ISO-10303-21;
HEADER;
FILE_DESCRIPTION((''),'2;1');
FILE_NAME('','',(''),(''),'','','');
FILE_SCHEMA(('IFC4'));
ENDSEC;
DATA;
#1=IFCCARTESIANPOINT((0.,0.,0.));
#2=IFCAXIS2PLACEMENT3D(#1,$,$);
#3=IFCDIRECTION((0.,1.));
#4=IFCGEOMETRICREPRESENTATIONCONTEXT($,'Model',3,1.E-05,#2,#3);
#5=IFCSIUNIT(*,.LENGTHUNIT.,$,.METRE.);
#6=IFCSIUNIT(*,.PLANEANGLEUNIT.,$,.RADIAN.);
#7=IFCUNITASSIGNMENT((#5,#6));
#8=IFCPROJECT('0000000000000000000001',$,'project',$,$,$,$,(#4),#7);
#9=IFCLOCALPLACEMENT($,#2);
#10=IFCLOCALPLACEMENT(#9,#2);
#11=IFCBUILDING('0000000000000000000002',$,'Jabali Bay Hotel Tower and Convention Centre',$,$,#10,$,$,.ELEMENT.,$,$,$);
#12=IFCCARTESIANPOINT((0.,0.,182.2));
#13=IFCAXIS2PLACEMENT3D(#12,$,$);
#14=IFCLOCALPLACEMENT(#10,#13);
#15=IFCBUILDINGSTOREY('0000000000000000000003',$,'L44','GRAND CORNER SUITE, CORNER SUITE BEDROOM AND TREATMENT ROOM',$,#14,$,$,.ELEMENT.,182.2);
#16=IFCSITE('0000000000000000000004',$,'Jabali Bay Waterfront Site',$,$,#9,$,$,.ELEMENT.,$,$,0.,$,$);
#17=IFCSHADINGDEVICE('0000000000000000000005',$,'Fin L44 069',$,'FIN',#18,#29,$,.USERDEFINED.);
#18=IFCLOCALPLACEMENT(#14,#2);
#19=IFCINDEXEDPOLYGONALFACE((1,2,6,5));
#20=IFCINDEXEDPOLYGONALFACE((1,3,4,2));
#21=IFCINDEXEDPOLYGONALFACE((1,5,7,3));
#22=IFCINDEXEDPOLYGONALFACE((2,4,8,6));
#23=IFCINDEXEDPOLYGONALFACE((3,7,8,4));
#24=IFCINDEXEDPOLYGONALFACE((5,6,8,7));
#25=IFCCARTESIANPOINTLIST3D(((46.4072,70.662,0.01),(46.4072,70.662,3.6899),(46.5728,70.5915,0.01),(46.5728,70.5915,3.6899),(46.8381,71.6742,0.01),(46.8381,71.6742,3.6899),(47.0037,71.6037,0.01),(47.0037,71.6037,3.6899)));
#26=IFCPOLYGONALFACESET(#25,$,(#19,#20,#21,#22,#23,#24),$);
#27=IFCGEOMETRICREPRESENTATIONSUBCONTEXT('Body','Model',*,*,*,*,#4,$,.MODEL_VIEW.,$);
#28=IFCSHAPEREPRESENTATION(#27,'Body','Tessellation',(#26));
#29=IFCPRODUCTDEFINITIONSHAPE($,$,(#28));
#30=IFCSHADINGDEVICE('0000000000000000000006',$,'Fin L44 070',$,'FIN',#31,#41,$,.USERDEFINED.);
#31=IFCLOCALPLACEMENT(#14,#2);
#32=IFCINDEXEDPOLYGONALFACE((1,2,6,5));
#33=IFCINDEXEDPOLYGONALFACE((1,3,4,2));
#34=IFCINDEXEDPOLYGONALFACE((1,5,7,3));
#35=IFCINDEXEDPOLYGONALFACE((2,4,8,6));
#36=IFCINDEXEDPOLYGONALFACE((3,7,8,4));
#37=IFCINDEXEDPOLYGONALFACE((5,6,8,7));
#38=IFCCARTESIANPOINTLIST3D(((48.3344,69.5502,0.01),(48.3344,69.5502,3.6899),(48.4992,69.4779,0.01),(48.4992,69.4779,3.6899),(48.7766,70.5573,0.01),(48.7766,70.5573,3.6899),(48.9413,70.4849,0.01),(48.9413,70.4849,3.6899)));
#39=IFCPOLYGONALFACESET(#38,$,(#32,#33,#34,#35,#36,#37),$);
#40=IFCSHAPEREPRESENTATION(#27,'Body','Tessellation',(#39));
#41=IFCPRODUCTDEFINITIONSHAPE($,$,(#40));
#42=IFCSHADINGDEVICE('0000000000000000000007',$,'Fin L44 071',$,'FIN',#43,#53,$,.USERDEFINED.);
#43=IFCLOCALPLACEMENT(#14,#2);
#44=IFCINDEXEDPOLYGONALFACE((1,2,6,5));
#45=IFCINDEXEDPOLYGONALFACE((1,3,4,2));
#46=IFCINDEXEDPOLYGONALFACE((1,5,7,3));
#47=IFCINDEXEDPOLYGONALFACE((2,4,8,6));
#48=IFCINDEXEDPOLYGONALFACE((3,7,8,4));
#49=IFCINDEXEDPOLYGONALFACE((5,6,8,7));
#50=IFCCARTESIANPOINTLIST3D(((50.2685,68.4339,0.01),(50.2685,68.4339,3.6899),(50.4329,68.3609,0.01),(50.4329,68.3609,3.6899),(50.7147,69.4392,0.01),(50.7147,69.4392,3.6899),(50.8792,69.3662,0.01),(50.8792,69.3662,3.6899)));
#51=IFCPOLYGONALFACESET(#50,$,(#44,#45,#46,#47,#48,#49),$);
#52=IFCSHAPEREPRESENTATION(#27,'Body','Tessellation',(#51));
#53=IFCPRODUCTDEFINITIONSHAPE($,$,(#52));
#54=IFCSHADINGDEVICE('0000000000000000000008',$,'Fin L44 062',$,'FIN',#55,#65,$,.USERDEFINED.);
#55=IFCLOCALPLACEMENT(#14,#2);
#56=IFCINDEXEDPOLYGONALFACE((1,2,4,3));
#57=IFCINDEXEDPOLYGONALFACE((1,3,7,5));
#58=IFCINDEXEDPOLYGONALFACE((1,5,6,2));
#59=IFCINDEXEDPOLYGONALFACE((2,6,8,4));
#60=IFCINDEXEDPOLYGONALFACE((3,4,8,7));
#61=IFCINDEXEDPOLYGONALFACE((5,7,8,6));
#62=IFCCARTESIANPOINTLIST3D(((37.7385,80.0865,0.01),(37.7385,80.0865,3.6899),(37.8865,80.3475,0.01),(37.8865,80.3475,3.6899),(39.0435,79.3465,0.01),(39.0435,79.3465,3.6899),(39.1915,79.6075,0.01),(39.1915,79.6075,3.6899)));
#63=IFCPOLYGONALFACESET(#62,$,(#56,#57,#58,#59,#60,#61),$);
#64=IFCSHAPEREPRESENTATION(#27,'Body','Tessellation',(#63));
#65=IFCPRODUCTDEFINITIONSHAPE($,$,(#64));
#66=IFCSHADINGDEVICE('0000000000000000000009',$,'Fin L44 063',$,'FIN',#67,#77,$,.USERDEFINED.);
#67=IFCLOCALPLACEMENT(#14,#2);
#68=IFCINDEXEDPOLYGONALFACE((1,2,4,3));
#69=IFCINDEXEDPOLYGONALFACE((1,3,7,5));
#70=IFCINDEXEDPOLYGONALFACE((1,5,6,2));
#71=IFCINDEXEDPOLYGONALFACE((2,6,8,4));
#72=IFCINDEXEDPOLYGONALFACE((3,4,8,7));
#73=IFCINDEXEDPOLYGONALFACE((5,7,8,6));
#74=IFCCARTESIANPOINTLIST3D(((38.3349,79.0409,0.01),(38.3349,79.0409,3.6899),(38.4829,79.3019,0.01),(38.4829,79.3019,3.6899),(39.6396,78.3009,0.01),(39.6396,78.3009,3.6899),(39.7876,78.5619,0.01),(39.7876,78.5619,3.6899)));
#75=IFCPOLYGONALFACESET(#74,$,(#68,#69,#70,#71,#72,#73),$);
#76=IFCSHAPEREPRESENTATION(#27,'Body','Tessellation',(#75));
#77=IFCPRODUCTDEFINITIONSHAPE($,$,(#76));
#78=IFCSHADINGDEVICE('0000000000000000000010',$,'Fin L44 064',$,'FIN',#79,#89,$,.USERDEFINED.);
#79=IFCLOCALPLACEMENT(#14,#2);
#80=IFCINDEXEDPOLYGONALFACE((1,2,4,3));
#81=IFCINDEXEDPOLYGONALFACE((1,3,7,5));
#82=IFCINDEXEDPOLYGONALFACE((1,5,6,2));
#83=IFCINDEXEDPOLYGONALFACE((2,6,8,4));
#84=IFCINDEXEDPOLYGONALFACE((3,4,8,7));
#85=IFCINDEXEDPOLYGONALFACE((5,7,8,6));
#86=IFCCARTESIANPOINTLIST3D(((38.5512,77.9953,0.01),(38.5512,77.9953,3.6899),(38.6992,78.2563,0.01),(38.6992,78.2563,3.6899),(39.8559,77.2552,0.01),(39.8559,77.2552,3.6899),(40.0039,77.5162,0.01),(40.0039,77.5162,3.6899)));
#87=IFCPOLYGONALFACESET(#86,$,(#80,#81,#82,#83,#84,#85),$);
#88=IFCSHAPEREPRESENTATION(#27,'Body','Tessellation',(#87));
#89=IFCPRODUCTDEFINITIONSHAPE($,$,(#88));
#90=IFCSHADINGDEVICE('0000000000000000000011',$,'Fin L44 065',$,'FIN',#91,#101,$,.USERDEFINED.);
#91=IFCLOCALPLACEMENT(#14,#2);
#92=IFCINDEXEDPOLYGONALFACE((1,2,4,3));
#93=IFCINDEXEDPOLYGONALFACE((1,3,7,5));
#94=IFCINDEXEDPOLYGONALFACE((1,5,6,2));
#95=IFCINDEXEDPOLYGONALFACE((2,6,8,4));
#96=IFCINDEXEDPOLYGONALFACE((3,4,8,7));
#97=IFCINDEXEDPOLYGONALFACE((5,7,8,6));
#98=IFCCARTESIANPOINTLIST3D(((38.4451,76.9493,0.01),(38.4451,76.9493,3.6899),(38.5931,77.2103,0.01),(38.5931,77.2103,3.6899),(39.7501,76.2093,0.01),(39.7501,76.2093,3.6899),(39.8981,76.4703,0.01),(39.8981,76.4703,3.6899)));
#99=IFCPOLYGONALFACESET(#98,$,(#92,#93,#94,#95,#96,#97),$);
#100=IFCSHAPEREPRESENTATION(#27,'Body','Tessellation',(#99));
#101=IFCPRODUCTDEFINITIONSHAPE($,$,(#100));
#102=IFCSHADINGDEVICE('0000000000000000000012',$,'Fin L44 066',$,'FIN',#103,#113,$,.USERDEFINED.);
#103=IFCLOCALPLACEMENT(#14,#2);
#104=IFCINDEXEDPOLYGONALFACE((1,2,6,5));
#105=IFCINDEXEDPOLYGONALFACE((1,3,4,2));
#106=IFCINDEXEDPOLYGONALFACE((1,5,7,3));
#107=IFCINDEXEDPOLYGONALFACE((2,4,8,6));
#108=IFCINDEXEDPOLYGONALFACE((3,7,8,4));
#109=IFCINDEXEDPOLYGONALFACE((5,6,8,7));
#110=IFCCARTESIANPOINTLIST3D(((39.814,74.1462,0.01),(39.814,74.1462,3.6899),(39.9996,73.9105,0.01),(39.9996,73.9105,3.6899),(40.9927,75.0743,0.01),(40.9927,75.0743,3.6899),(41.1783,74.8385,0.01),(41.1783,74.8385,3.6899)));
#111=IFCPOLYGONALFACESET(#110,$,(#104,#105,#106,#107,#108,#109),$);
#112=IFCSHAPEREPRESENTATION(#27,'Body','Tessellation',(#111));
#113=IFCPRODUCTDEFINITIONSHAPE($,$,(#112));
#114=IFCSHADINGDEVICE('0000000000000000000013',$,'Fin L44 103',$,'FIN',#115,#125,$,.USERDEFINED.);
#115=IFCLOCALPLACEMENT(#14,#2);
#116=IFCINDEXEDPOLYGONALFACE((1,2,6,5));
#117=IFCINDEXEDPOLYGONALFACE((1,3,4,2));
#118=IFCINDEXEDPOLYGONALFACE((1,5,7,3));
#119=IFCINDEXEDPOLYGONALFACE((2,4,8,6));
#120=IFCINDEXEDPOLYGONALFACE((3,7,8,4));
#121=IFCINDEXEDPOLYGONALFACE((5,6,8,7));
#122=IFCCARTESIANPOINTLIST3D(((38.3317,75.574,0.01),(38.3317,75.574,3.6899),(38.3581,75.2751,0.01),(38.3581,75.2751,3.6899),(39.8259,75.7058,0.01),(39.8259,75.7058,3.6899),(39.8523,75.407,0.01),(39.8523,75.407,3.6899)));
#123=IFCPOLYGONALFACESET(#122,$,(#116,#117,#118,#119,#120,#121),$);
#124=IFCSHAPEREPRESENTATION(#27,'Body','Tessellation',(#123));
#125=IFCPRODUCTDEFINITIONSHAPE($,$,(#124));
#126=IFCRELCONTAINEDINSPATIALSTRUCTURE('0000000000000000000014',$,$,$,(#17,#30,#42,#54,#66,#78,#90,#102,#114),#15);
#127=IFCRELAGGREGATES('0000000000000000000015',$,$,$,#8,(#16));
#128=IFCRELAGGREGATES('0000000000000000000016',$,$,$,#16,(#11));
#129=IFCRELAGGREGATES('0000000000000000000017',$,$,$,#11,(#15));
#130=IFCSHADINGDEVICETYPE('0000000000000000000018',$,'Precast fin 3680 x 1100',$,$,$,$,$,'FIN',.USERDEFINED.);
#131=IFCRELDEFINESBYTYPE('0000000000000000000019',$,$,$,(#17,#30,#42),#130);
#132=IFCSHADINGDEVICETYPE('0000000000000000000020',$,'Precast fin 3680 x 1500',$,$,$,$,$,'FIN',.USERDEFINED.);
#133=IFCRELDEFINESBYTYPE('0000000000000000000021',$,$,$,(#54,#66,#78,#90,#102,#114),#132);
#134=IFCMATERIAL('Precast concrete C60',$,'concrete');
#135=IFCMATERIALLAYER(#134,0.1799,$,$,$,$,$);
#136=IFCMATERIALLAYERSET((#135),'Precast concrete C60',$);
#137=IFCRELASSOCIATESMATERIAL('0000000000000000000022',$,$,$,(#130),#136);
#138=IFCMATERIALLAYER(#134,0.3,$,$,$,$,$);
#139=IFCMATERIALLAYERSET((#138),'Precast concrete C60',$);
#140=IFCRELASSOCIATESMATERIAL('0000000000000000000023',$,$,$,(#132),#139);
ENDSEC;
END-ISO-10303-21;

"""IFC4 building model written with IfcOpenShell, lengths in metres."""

from ifc_helpers import new_model, si_unit, direction, frame, frame_2d, origin, place, context, subcontext, project, spatial, rectangle, extrude, material, layer, layer_set, type_object, element, save


model = new_model("IFC4")

# Units and contexts
model_context = context("Model", 3, precision=1e-05, world=origin(), true_north=direction((0.0, 1.0)))
body_context = subcontext(model_context, "Body", "Model", "MODEL_VIEW")
ifc_project = project(units=[si_unit("LENGTHUNIT", "METRE"), si_unit("PLANEANGLEUNIT", "RADIAN")], contexts=[model_context])

# Site, building, storey
site_placement = place(None, origin())
site = spatial("IfcSite", under=ifc_project, at=site_placement, Name="Jabali Bay Waterfront Site", CompositionType="ELEMENT", RefElevation=0.0)
building_placement = place(site_placement, origin())
building = spatial("IfcBuilding", under=site, at=building_placement, Name="Jabali Bay Hotel Tower and Convention Centre", CompositionType="ELEMENT")
storey_placement = place(building_placement, frame((0.0, 0.0, 182.2)))
storey = spatial("IfcBuildingStorey", under=building, at=storey_placement, Name="L44", Description="GRAND CORNER SUITE, CORNER SUITE BEDROOM AND TREATMENT ROOM", CompositionType="ELEMENT", Elevation=182.2)

# Shading devices
ifc_material_1 = material(Name="Precast concrete C60", Category="concrete")
ifc_layer_1 = layer(ifc_material_1, 0.1799)
ifc_layer_set_1 = layer_set([ifc_layer_1], Name="Precast concrete C60")
shading_device_type_1 = type_object("IfcShadingDeviceType", Name="Precast fin 3680 x 1100", ElementType="FIN", PredefinedType="USERDEFINED", material=ifc_layer_set_1)
shading_device_1_placement = place(storey_placement, frame((46.9209, 71.6389, 0.01), z_axis=(0.0, 0.0, 1.0), x_axis=(-0.391695, -0.920095, 0.0)))
element("IfcShadingDevice", 1, at=shading_device_1_placement, inside=storey, type_object=shading_device_type_1, Name="Fin L44 069", ObjectType="FIN", PredefinedType="USERDEFINED", context=body_context, shape_type="SweptSolid", body=[
    extrude(rectangle(XDim=1.1001, YDim=0.1799, at=frame_2d((0.55, 0.0))), origin(), (0.0, 0.0, 1.0), 3.6799),
])
for number, where, z_axis, x_axis, name in (
    (2, (48.8589, 70.521, 0.01), (0.0, 0.0, 1.0), (-0.401995, -0.915642, 0.0), "Fin L44 070"),
    (3, (50.7969, 69.4026, 0.01), (0.0, 0.0, 1.0), (-0.405727, -0.913995, 0.0), "Fin L44 071"),
):
    element("IfcShadingDevice", number, at=place(storey_placement, frame(where, z_axis=z_axis, x_axis=x_axis)), inside=storey, type_object=shading_device_type_1, Name=name, ObjectType="FIN", PredefinedType="USERDEFINED", context=body_context, shape_type="SweptSolid", body=[
        extrude(rectangle(XDim=1.0999, YDim=0.1799, at=frame_2d((0.5498, 0.0))), origin(), (0.0, 0.0, 1.0), 3.6799),
    ])
ifc_layer_2 = layer(ifc_material_1, 0.3)
ifc_layer_set_2 = layer_set([ifc_layer_2], Name="Precast concrete C60")
shading_device_type_2 = type_object("IfcShadingDeviceType", Name="Precast fin 3680 x 1500", ElementType="FIN", PredefinedType="USERDEFINED", material=ifc_layer_set_2)
shading_device_2_placement = place(storey_placement, frame((39.1174, 79.4771, 0.01), z_axis=(0.0, 0.0, 1.0), x_axis=(-0.869871, 0.493279, 0.0)))
element("IfcShadingDevice", 4, at=shading_device_2_placement, inside=storey, type_object=shading_device_type_2, Name="Fin L44 062", ObjectType="FIN", PredefinedType="USERDEFINED", context=body_context, shape_type="SweptSolid", body=[
    extrude(rectangle(XDim=1.5002, YDim=0.3, at=frame_2d((0.75, 0.0))), origin(), (0.0, 0.0, 1.0), 3.6799),
])
for number, where, z_axis, x_axis, name in (
    (5, (39.7136, 78.4314, 0.01), (0.0, 0.0, 1.0), (-0.869831, 0.493349, 0.0), "Fin L44 063"),
    (6, (39.9299, 77.3857, 0.01), (0.0, 0.0, 1.0), (-0.869831, 0.493349, 0.0), "Fin L44 064"),
):
    element("IfcShadingDevice", number, at=place(storey_placement, frame(where, z_axis=z_axis, x_axis=x_axis)), inside=storey, type_object=shading_device_type_2, Name=name, ObjectType="FIN", PredefinedType="USERDEFINED", context=body_context, shape_type="SweptSolid", body=[
        extrude(rectangle(XDim=1.5, YDim=0.3, at=frame_2d((0.75, 0.0))), origin(), (0.0, 0.0, 1.0), 3.6799),
    ])
for number, where, z_axis, x_axis, name in (
    (7, (39.824, 76.3398, 0.01), (0.0, 0.0, 1.0), (-0.869871, 0.493279, 0.0), "Fin L44 065"),
    (8, (41.0854, 74.9563, 0.01), (0.0, 0.0, 1.0), (-0.785719, -0.618583, 0.0), "Fin L44 066"),
):
    element("IfcShadingDevice", number, at=place(storey_placement, frame(where, z_axis=z_axis, x_axis=x_axis)), inside=storey, type_object=shading_device_type_2, Name=name, ObjectType="FIN", PredefinedType="USERDEFINED", context=body_context, shape_type="SweptSolid", body=[
        extrude(rectangle(XDim=1.5002, YDim=0.3, at=frame_2d((0.75, 0.0))), origin(), (0.0, 0.0, 1.0), 3.6799),
    ])
shading_device_3_placement = place(storey_placement, frame((39.8391, 75.5564, 0.01), z_axis=(0.0, 0.0, 1.0), x_axis=(-0.99613, -0.087894, 0.0)))
element("IfcShadingDevice", 9, at=shading_device_3_placement, inside=storey, type_object=shading_device_type_2, Name="Fin L44 103", ObjectType="FIN", PredefinedType="USERDEFINED", context=body_context, shape_type="SweptSolid", body=[
    extrude(rectangle(XDim=1.5, YDim=0.3, at=frame_2d((0.75, 0.0))), origin(), (0.0, 0.0, 1.0), 3.6799),
])

save(model, "model.ifc")
